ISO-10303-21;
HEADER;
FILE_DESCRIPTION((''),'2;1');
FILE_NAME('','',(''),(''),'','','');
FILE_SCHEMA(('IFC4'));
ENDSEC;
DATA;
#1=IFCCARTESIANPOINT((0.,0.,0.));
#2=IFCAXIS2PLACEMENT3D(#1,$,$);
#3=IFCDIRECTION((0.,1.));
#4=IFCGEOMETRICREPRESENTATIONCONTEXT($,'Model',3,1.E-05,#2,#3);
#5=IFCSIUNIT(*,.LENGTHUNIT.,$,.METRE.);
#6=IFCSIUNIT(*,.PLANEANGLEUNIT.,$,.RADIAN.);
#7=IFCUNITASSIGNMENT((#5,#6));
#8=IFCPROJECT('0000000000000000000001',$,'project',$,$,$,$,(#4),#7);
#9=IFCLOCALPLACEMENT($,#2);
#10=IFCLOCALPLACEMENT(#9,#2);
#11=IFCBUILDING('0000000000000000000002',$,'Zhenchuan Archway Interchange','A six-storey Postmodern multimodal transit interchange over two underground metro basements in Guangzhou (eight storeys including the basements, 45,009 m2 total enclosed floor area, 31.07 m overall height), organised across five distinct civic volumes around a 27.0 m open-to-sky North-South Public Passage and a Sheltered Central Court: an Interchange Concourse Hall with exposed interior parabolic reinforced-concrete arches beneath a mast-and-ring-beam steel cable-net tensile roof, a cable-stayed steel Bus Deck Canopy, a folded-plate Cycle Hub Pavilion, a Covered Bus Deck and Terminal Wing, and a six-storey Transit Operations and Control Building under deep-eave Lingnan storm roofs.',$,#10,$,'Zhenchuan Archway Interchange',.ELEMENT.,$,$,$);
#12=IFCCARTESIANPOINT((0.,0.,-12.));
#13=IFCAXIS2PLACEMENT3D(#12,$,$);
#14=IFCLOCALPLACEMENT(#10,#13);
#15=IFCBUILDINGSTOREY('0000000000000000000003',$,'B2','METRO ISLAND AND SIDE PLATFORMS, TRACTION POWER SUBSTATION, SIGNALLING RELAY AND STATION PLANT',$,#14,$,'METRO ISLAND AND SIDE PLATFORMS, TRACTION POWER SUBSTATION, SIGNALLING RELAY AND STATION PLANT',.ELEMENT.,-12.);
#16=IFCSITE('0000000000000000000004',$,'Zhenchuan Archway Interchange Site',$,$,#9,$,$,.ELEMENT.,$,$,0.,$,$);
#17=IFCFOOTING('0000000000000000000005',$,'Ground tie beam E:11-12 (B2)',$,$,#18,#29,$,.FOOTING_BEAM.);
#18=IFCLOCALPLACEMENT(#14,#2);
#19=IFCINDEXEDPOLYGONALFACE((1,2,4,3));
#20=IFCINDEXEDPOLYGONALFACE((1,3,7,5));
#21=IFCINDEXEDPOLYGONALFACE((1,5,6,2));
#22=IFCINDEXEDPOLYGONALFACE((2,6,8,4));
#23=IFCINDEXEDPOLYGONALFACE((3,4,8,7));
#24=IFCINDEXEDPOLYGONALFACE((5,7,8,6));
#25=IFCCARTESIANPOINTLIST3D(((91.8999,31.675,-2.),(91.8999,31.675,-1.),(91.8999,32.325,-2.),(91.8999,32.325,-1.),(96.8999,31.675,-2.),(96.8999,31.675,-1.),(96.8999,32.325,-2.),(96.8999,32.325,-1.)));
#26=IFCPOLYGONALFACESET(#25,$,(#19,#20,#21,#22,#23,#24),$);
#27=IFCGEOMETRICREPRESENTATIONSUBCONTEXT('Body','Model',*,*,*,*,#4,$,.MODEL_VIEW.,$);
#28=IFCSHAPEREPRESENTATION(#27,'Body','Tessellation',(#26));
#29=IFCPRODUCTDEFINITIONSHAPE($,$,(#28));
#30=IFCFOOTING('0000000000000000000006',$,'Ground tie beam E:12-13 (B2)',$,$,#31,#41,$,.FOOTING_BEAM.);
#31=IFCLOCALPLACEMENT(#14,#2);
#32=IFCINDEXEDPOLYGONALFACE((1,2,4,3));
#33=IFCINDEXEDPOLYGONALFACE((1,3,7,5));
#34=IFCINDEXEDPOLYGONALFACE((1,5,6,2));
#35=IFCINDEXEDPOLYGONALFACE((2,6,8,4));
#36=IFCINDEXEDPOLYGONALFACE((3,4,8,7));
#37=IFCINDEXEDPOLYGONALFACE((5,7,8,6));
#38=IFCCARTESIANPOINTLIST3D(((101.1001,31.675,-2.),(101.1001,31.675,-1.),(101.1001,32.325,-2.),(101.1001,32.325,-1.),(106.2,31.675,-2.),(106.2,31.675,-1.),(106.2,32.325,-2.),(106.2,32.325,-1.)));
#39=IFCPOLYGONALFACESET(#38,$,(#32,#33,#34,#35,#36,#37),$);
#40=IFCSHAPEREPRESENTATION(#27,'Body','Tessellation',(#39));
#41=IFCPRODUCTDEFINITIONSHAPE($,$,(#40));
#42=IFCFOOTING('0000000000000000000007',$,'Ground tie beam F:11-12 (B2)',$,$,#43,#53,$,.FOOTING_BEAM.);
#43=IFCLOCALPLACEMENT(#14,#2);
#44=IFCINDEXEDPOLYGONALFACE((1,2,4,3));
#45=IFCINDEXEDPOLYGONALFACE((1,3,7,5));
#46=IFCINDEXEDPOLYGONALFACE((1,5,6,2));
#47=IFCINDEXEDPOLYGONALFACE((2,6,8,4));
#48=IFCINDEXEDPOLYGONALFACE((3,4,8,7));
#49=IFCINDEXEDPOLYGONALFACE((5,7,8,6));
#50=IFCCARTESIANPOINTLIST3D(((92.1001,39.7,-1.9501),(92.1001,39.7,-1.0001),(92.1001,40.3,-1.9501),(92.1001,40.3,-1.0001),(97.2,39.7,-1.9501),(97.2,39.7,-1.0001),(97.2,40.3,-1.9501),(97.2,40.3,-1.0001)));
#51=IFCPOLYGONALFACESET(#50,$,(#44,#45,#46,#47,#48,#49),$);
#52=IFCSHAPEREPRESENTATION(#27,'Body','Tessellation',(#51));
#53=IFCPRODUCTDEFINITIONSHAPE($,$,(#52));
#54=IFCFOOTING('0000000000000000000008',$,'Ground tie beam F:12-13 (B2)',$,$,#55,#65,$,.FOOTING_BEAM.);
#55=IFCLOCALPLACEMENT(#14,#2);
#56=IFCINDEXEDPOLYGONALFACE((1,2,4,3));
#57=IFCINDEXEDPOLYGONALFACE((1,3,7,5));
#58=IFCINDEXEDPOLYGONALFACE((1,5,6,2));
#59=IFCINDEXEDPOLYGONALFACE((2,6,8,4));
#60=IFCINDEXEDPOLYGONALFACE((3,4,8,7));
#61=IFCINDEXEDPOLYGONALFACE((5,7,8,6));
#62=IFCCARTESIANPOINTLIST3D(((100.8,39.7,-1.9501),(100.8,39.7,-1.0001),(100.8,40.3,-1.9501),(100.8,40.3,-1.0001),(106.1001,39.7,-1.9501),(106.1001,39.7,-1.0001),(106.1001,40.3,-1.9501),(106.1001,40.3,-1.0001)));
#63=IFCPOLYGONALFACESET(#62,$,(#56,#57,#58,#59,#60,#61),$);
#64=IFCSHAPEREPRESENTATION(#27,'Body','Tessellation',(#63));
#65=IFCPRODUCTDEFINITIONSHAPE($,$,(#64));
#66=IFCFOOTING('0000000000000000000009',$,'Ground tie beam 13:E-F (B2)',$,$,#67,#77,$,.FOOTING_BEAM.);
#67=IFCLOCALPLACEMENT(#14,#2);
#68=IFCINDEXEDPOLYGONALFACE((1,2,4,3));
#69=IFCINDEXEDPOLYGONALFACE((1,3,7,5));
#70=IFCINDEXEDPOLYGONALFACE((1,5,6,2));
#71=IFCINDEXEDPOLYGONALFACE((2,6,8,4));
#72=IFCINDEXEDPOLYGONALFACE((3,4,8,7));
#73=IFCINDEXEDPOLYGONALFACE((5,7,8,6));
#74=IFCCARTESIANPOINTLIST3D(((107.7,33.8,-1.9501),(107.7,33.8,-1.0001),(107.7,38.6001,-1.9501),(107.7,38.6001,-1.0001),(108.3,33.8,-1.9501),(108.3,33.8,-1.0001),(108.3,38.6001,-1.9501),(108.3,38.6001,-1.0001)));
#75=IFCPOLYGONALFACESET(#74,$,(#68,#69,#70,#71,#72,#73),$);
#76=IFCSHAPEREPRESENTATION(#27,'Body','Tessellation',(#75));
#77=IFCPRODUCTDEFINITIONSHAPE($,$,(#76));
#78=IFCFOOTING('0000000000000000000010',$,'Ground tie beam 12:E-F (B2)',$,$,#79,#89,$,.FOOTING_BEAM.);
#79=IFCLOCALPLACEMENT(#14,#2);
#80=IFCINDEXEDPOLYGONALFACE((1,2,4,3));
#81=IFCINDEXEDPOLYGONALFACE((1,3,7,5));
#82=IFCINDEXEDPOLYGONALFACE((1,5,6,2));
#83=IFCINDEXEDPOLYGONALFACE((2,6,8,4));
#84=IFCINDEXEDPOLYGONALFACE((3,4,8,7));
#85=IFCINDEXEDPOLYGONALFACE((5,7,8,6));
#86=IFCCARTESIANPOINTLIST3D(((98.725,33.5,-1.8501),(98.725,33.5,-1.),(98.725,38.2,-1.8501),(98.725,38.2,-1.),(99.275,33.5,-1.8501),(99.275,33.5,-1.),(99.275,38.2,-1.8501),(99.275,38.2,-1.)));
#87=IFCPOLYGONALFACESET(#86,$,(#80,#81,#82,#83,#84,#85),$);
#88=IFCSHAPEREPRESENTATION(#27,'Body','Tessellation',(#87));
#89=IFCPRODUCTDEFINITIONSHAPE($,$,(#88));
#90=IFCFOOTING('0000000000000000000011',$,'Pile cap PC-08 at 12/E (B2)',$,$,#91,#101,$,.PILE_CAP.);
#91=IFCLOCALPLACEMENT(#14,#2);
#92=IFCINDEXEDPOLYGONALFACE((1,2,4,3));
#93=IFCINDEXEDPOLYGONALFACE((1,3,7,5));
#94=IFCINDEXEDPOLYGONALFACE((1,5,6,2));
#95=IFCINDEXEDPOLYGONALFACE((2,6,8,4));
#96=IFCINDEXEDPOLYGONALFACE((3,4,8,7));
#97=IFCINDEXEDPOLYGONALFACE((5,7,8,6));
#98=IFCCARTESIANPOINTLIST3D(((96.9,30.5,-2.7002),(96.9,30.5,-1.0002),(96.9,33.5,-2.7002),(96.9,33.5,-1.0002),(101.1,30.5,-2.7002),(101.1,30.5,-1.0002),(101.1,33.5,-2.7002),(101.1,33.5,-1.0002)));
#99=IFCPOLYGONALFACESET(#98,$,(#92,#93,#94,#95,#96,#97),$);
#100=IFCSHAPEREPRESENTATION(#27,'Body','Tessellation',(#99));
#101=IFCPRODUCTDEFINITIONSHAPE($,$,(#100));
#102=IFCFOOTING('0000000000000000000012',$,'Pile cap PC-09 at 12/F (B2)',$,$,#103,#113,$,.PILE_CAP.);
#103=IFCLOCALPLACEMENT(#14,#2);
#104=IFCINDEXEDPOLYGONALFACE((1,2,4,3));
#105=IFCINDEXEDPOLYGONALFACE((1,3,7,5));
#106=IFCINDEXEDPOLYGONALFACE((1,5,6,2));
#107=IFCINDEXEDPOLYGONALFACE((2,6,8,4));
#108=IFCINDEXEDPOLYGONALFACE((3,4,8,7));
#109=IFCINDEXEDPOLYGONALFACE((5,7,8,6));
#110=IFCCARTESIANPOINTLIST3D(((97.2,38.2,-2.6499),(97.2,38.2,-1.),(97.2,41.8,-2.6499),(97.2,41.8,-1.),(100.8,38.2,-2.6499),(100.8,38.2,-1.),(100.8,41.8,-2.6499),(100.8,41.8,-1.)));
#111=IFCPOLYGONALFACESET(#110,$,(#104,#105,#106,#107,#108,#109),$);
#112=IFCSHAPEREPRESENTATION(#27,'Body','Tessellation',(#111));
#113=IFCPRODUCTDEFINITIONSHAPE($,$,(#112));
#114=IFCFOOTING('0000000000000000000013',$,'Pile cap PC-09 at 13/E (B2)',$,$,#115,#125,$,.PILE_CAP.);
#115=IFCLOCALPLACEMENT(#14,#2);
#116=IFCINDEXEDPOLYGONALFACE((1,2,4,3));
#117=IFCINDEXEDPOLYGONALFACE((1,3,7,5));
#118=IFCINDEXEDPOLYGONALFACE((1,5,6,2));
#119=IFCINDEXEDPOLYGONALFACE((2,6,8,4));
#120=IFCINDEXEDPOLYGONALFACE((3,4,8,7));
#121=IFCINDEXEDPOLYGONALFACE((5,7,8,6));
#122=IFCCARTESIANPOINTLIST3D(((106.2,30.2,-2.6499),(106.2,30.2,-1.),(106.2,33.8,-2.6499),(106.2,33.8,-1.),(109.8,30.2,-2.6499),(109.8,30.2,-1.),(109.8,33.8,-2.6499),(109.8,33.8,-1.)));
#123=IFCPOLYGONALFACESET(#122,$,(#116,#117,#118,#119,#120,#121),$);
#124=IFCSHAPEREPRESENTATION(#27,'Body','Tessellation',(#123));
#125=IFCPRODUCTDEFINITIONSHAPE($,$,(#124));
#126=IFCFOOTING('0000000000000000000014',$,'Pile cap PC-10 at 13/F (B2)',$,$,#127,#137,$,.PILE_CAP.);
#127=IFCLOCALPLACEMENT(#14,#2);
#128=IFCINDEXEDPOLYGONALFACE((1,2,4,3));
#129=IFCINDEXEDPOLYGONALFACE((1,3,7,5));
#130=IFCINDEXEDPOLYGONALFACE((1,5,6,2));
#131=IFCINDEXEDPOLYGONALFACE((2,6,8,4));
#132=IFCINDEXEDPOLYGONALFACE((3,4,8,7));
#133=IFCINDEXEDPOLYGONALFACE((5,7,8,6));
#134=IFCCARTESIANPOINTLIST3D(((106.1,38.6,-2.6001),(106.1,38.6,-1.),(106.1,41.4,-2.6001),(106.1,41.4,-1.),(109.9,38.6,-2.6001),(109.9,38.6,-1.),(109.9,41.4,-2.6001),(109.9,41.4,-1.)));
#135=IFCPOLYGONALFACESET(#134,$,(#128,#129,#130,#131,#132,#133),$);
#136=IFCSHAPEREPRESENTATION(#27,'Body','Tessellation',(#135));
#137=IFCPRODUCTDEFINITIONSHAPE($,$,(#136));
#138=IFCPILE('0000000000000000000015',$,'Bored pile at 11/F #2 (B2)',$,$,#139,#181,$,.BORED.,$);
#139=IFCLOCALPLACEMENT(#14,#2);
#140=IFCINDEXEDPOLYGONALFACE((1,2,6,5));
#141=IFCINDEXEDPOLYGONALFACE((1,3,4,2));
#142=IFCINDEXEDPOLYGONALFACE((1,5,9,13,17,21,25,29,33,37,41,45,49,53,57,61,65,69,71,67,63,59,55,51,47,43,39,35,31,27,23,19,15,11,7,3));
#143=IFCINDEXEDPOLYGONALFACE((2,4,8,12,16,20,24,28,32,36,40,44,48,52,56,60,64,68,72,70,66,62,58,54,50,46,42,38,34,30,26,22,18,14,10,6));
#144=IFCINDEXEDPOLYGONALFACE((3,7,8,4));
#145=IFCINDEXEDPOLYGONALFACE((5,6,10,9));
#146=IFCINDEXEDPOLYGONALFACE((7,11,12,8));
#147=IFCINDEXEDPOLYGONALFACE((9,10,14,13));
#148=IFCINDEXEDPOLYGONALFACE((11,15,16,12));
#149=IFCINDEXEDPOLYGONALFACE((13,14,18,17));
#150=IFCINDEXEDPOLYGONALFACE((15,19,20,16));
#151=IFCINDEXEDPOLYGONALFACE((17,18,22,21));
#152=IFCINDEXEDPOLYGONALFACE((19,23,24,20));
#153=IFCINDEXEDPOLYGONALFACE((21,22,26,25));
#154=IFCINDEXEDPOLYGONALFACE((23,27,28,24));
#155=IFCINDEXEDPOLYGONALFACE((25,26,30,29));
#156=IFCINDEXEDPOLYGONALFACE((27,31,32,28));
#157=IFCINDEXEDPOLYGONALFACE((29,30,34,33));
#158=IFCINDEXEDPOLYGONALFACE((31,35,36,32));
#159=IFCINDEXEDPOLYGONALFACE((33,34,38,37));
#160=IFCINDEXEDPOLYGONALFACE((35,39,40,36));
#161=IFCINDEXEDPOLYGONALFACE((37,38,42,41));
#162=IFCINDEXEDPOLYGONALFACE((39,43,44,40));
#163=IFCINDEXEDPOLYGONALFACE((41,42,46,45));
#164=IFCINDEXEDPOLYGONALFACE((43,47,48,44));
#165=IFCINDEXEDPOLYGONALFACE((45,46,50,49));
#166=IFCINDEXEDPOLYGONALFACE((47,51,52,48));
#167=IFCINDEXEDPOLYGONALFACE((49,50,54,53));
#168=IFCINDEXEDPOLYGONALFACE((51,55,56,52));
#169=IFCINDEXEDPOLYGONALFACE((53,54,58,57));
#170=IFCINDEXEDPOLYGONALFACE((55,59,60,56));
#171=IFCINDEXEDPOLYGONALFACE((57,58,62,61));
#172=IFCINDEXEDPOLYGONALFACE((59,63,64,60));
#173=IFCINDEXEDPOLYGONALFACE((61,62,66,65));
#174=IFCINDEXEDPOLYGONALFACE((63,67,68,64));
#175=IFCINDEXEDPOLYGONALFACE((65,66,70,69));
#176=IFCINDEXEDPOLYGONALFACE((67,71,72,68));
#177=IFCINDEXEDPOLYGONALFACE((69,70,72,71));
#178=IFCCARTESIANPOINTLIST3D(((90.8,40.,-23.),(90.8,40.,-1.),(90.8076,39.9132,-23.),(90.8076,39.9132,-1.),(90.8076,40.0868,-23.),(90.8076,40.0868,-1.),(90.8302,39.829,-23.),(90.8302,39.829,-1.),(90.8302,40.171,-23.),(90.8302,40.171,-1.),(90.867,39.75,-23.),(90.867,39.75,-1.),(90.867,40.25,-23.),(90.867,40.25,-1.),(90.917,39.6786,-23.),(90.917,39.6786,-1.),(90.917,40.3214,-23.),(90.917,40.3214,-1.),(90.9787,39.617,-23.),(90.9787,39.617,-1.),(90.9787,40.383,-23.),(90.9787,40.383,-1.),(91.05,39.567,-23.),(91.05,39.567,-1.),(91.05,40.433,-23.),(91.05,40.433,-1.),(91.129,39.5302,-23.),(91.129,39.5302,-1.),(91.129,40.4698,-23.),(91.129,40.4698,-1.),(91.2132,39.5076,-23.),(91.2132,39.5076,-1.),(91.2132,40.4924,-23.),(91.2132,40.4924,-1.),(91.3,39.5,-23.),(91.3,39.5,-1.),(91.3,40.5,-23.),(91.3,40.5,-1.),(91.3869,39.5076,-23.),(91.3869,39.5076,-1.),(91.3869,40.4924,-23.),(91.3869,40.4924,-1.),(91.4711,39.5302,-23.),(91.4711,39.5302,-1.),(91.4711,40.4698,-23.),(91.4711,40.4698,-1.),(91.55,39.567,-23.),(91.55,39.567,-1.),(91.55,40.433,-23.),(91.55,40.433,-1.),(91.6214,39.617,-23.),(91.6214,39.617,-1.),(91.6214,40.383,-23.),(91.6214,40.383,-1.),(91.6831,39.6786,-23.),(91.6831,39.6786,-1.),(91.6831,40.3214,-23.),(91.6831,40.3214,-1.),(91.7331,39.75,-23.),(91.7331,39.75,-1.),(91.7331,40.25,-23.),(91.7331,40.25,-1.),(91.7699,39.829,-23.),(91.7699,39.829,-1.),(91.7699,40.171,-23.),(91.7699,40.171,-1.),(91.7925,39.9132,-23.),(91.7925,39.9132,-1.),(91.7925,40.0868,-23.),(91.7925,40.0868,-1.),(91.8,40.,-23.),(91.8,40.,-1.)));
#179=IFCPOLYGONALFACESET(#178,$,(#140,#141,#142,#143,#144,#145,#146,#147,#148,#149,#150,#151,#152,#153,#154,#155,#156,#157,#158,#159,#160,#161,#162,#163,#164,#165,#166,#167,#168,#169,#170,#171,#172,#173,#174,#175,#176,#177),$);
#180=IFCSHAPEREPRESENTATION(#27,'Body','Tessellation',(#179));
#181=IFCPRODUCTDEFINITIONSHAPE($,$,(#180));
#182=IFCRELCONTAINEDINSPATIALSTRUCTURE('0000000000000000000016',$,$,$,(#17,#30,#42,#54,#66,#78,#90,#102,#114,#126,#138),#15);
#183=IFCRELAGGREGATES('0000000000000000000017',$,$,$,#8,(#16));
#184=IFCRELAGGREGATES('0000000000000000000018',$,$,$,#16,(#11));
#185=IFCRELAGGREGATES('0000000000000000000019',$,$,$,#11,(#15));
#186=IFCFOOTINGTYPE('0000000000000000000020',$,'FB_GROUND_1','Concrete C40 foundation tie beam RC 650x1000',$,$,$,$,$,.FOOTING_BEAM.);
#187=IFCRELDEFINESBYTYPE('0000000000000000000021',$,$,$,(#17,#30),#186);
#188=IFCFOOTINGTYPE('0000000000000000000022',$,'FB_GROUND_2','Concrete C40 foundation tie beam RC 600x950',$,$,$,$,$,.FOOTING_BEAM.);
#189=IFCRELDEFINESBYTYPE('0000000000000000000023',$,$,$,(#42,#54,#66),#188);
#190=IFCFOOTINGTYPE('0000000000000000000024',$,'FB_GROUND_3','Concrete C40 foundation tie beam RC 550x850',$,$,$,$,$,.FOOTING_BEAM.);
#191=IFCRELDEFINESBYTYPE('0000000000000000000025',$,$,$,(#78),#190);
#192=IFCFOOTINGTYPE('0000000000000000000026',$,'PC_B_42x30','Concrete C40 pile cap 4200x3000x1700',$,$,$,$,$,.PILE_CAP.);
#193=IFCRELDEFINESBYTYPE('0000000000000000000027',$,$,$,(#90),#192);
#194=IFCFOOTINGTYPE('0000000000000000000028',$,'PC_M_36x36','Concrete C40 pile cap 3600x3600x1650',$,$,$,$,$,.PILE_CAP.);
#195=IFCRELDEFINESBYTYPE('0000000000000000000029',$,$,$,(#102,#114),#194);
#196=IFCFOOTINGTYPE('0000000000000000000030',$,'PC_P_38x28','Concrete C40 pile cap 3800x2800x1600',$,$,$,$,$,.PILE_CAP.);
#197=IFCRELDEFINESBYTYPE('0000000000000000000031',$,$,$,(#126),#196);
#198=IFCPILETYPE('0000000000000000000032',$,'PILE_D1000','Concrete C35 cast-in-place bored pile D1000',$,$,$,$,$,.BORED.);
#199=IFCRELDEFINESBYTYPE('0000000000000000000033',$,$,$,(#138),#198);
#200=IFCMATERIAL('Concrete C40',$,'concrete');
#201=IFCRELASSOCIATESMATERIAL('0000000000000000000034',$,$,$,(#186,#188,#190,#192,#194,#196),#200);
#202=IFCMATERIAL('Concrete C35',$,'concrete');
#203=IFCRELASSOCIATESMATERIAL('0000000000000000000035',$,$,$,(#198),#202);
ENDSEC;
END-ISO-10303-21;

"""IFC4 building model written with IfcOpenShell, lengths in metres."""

from ifc_helpers import new_model, si_unit, direction, frame, origin, origin_2d, place, context, subcontext, project, spatial, rectangle, circle, extrude, material, material_profile, profile_set, type_object, element, save


model = new_model("IFC4")

# Units and contexts
model_context = context("Model", 3, precision=1e-05, world=origin(), true_north=direction((0.0, 1.0)))
body_context = subcontext(model_context, "Body", "Model", "MODEL_VIEW")
ifc_project = project(units=[si_unit("LENGTHUNIT", "METRE"), si_unit("PLANEANGLEUNIT", "RADIAN")], contexts=[model_context])

# Site, building, storey
site_placement = place(None, origin())
site = spatial("IfcSite", under=ifc_project, at=site_placement, Name="Zhenchuan Archway Interchange Site", CompositionType="ELEMENT", RefElevation=0.0)
building_placement = place(site_placement, origin())
building = spatial("IfcBuilding", under=site, at=building_placement, Name="Zhenchuan Archway Interchange", Description="A six-storey Postmodern multimodal transit interchange over two underground metro basements in Guangzhou (eight storeys including the basements, 45,009 m2 total enclosed floor area, 31.07 m overall height), organised across five distinct civic volumes around a 27.0 m open-to-sky North-South Public Passage and a Sheltered Central Court: an Interchange Concourse Hall with exposed interior parabolic reinforced-concrete arches beneath a mast-and-ring-beam steel cable-net tensile roof, a cable-stayed steel Bus Deck Canopy, a folded-plate Cycle Hub Pavilion, a Covered Bus Deck and Terminal Wing, and a six-storey Transit Operations and Control Building under deep-eave Lingnan storm roofs.", LongName="Zhenchuan Archway Interchange", CompositionType="ELEMENT")
storey_placement = place(building_placement, frame((0.0, 0.0, -12.0)))
storey = spatial("IfcBuildingStorey", under=building, at=storey_placement, Name="B2", Description="METRO ISLAND AND SIDE PLATFORMS, TRACTION POWER SUBSTATION, SIGNALLING RELAY AND STATION PLANT", LongName="METRO ISLAND AND SIDE PLATFORMS, TRACTION POWER SUBSTATION, SIGNALLING RELAY AND STATION PLANT", CompositionType="ELEMENT", Elevation=-12.0)

# Footings
ifc_material_1 = material(Name="Concrete C40", Category="concrete")
ifc_material_profile_1 = material_profile(ifc_material_1, rectangle(XDim=0.6499, YDim=1.0, at=origin_2d()), Name="RC 650x1000")
ifc_profile_set_1 = profile_set([ifc_material_profile_1], Name="Concrete C40")
footing_type_1 = type_object("IfcFootingType", Name="FB_GROUND_1", Description="Concrete C40 foundation tie beam RC 650x1000", PredefinedType="FOOTING_BEAM", material=ifc_profile_set_1)
footing_1_placement = place(storey_placement, frame((91.8999, 32.0, -1.5), z_axis=(1.0, 0.0, 0.0), x_axis=(0.0, 1.0, 0.0)))
element("IfcFooting", 1, at=footing_1_placement, inside=storey, type_object=footing_type_1, Name="Ground tie beam E:11-12 (B2)", PredefinedType="FOOTING_BEAM", context=body_context, shape_type="SweptSolid", body=[
    extrude(rectangle(XDim=0.6499, YDim=1.0, at=origin_2d()), origin(), (0.0, 0.0, 1.0), 5.0),
])
footing_2_placement = place(storey_placement, frame((101.1001, 32.0, -1.5), z_axis=(1.0, 0.0, 0.0), x_axis=(0.0, 1.0, 0.0)))
element("IfcFooting", 2, at=footing_2_placement, inside=storey, type_object=footing_type_1, Name="Ground tie beam E:12-13 (B2)", PredefinedType="FOOTING_BEAM", context=body_context, shape_type="SweptSolid", body=[
    extrude(rectangle(XDim=0.6499, YDim=1.0, at=origin_2d()), origin(), (0.0, 0.0, 1.0), 5.0999),
])
ifc_material_profile_2 = material_profile(ifc_material_1, rectangle(XDim=0.6001, YDim=0.95, at=origin_2d()), Name="RC 600x950")
ifc_profile_set_2 = profile_set([ifc_material_profile_2], Name="Concrete C40")
footing_type_2 = type_object("IfcFootingType", Name="FB_GROUND_2", Description="Concrete C40 foundation tie beam RC 600x950", PredefinedType="FOOTING_BEAM", material=ifc_profile_set_2)
footing_3_placement = place(storey_placement, frame((92.1001, 40.0, -1.4751), z_axis=(1.0, 0.0, 0.0), x_axis=(0.0, 1.0, 0.0)))
element("IfcFooting", 3, at=footing_3_placement, inside=storey, type_object=footing_type_2, Name="Ground tie beam F:11-12 (B2)", PredefinedType="FOOTING_BEAM", context=body_context, shape_type="SweptSolid", body=[
    extrude(rectangle(XDim=0.6001, YDim=0.95, at=origin_2d()), origin(), (0.0, 0.0, 1.0), 5.0999),
])
footing_4_placement = place(storey_placement, frame((100.8, 40.0, -1.4751), z_axis=(1.0, 0.0, 0.0), x_axis=(0.0, 1.0, 0.0)))
element("IfcFooting", 4, at=footing_4_placement, inside=storey, type_object=footing_type_2, Name="Ground tie beam F:12-13 (B2)", PredefinedType="FOOTING_BEAM", context=body_context, shape_type="SweptSolid", body=[
    extrude(rectangle(XDim=0.6001, YDim=0.95, at=origin_2d()), origin(), (0.0, 0.0, 1.0), 5.3),
])
footing_5_placement = place(storey_placement, frame((108.0, 33.8, -1.4751), z_axis=(0.0, 1.0, 0.0), x_axis=(-1.0, 0.0, 0.0)))
element("IfcFooting", 5, at=footing_5_placement, inside=storey, type_object=footing_type_2, Name="Ground tie beam 13:E-F (B2)", PredefinedType="FOOTING_BEAM", context=body_context, shape_type="SweptSolid", body=[
    extrude(rectangle(XDim=0.6001, YDim=0.95, at=origin_2d()), origin(), (0.0, 0.0, 1.0), 4.8),
])
ifc_material_profile_3 = material_profile(ifc_material_1, rectangle(XDim=0.55, YDim=0.8501, at=origin_2d()), Name="RC 550x850")
ifc_profile_set_3 = profile_set([ifc_material_profile_3], Name="Concrete C40")
footing_type_3 = type_object("IfcFootingType", Name="FB_GROUND_3", Description="Concrete C40 foundation tie beam RC 550x850", PredefinedType="FOOTING_BEAM", material=ifc_profile_set_3)
footing_6_placement = place(storey_placement, frame((99.0, 33.5, -1.425), z_axis=(0.0, 1.0, 0.0), x_axis=(-1.0, 0.0, 0.0)))
element("IfcFooting", 6, at=footing_6_placement, inside=storey, type_object=footing_type_3, Name="Ground tie beam 12:E-F (B2)", PredefinedType="FOOTING_BEAM", context=body_context, shape_type="SweptSolid", body=[
    extrude(rectangle(XDim=0.55, YDim=0.8501, at=origin_2d()), origin(), (0.0, 0.0, 1.0), 4.7),
])
footing_type_4 = type_object("IfcFootingType", Name="PC_B_42x30", Description="Concrete C40 pile cap 4200x3000x1700", PredefinedType="PILE_CAP", material=ifc_material_1)
footing_7_placement = place(storey_placement, frame((99.0, 32.0, -2.7002), z_axis=(0.0, 0.0, 1.0), x_axis=(1.0, 0.0, 0.0)))
element("IfcFooting", 7, at=footing_7_placement, inside=storey, type_object=footing_type_4, Name="Pile cap PC-08 at 12/E (B2)", PredefinedType="PILE_CAP", context=body_context, shape_type="SweptSolid", body=[
    extrude(rectangle(XDim=4.2, YDim=3.0, at=origin_2d()), origin(), (0.0, 0.0, 1.0), 1.7),
])
footing_type_5 = type_object("IfcFootingType", Name="PC_M_36x36", Description="Concrete C40 pile cap 3600x3600x1650", PredefinedType="PILE_CAP", material=ifc_material_1)
for number, where, z_axis, x_axis, name in (
    (8, (99.0, 40.0, -2.6499), (0.0, 0.0, 1.0), (1.0, 0.0, 0.0), "Pile cap PC-09 at 12/F (B2)"),
    (9, (108.0, 32.0, -2.6499), (0.0, 0.0, 1.0), (1.0, 0.0, 0.0), "Pile cap PC-09 at 13/E (B2)"),
):
    element("IfcFooting", number, at=place(storey_placement, frame(where, z_axis=z_axis, x_axis=x_axis)), inside=storey, type_object=footing_type_5, Name=name, PredefinedType="PILE_CAP", context=body_context, shape_type="SweptSolid", body=[
        extrude(rectangle(XDim=3.6001, YDim=3.6001, at=origin_2d()), origin(), (0.0, 0.0, 1.0), 1.6499),
    ])
footing_type_6 = type_object("IfcFootingType", Name="PC_P_38x28", Description="Concrete C40 pile cap 3800x2800x1600", PredefinedType="PILE_CAP", material=ifc_material_1)
footing_8_placement = place(storey_placement, frame((108.0, 40.0, -2.6001), z_axis=(0.0, 0.0, 1.0), x_axis=(1.0, 0.0, 0.0)))
element("IfcFooting", 10, at=footing_8_placement, inside=storey, type_object=footing_type_6, Name="Pile cap PC-10 at 13/F (B2)", PredefinedType="PILE_CAP", context=body_context, shape_type="SweptSolid", body=[
    extrude(rectangle(XDim=3.8, YDim=2.8, at=origin_2d()), origin(), (0.0, 0.0, 1.0), 1.6001),
])

# Pile
ifc_material_2 = material(Name="Concrete C35", Category="concrete")
ifc_material_profile_4 = material_profile(ifc_material_2, circle(Radius=0.5, at=origin_2d()), Name="BORED PILE 1000")
ifc_profile_set_4 = profile_set([ifc_material_profile_4], Name="Concrete C35")
pile_type_1 = type_object("IfcPileType", Name="PILE_D1000", Description="Concrete C35 cast-in-place bored pile D1000", PredefinedType="BORED", material=ifc_profile_set_4)
for number, where, z_axis, x_axis, name in (
    (11, (91.3, 40.0, -1.0), (0.0, 0.0, -1.0), (1.0, 0.0, 0.0), "Bored pile at 11/F #2 (B2)"),
):
    element("IfcPile", number, at=place(storey_placement, frame(where, z_axis=z_axis, x_axis=x_axis)), inside=storey, type_object=pile_type_1, Name=name, PredefinedType="BORED", context=body_context, shape_type="SweptSolid", body=[
        extrude(circle(Radius=0.5, at=origin_2d()), origin(), (0.0, 0.0, 1.0), 22.0),
    ])

save(model, "model.ifc")
